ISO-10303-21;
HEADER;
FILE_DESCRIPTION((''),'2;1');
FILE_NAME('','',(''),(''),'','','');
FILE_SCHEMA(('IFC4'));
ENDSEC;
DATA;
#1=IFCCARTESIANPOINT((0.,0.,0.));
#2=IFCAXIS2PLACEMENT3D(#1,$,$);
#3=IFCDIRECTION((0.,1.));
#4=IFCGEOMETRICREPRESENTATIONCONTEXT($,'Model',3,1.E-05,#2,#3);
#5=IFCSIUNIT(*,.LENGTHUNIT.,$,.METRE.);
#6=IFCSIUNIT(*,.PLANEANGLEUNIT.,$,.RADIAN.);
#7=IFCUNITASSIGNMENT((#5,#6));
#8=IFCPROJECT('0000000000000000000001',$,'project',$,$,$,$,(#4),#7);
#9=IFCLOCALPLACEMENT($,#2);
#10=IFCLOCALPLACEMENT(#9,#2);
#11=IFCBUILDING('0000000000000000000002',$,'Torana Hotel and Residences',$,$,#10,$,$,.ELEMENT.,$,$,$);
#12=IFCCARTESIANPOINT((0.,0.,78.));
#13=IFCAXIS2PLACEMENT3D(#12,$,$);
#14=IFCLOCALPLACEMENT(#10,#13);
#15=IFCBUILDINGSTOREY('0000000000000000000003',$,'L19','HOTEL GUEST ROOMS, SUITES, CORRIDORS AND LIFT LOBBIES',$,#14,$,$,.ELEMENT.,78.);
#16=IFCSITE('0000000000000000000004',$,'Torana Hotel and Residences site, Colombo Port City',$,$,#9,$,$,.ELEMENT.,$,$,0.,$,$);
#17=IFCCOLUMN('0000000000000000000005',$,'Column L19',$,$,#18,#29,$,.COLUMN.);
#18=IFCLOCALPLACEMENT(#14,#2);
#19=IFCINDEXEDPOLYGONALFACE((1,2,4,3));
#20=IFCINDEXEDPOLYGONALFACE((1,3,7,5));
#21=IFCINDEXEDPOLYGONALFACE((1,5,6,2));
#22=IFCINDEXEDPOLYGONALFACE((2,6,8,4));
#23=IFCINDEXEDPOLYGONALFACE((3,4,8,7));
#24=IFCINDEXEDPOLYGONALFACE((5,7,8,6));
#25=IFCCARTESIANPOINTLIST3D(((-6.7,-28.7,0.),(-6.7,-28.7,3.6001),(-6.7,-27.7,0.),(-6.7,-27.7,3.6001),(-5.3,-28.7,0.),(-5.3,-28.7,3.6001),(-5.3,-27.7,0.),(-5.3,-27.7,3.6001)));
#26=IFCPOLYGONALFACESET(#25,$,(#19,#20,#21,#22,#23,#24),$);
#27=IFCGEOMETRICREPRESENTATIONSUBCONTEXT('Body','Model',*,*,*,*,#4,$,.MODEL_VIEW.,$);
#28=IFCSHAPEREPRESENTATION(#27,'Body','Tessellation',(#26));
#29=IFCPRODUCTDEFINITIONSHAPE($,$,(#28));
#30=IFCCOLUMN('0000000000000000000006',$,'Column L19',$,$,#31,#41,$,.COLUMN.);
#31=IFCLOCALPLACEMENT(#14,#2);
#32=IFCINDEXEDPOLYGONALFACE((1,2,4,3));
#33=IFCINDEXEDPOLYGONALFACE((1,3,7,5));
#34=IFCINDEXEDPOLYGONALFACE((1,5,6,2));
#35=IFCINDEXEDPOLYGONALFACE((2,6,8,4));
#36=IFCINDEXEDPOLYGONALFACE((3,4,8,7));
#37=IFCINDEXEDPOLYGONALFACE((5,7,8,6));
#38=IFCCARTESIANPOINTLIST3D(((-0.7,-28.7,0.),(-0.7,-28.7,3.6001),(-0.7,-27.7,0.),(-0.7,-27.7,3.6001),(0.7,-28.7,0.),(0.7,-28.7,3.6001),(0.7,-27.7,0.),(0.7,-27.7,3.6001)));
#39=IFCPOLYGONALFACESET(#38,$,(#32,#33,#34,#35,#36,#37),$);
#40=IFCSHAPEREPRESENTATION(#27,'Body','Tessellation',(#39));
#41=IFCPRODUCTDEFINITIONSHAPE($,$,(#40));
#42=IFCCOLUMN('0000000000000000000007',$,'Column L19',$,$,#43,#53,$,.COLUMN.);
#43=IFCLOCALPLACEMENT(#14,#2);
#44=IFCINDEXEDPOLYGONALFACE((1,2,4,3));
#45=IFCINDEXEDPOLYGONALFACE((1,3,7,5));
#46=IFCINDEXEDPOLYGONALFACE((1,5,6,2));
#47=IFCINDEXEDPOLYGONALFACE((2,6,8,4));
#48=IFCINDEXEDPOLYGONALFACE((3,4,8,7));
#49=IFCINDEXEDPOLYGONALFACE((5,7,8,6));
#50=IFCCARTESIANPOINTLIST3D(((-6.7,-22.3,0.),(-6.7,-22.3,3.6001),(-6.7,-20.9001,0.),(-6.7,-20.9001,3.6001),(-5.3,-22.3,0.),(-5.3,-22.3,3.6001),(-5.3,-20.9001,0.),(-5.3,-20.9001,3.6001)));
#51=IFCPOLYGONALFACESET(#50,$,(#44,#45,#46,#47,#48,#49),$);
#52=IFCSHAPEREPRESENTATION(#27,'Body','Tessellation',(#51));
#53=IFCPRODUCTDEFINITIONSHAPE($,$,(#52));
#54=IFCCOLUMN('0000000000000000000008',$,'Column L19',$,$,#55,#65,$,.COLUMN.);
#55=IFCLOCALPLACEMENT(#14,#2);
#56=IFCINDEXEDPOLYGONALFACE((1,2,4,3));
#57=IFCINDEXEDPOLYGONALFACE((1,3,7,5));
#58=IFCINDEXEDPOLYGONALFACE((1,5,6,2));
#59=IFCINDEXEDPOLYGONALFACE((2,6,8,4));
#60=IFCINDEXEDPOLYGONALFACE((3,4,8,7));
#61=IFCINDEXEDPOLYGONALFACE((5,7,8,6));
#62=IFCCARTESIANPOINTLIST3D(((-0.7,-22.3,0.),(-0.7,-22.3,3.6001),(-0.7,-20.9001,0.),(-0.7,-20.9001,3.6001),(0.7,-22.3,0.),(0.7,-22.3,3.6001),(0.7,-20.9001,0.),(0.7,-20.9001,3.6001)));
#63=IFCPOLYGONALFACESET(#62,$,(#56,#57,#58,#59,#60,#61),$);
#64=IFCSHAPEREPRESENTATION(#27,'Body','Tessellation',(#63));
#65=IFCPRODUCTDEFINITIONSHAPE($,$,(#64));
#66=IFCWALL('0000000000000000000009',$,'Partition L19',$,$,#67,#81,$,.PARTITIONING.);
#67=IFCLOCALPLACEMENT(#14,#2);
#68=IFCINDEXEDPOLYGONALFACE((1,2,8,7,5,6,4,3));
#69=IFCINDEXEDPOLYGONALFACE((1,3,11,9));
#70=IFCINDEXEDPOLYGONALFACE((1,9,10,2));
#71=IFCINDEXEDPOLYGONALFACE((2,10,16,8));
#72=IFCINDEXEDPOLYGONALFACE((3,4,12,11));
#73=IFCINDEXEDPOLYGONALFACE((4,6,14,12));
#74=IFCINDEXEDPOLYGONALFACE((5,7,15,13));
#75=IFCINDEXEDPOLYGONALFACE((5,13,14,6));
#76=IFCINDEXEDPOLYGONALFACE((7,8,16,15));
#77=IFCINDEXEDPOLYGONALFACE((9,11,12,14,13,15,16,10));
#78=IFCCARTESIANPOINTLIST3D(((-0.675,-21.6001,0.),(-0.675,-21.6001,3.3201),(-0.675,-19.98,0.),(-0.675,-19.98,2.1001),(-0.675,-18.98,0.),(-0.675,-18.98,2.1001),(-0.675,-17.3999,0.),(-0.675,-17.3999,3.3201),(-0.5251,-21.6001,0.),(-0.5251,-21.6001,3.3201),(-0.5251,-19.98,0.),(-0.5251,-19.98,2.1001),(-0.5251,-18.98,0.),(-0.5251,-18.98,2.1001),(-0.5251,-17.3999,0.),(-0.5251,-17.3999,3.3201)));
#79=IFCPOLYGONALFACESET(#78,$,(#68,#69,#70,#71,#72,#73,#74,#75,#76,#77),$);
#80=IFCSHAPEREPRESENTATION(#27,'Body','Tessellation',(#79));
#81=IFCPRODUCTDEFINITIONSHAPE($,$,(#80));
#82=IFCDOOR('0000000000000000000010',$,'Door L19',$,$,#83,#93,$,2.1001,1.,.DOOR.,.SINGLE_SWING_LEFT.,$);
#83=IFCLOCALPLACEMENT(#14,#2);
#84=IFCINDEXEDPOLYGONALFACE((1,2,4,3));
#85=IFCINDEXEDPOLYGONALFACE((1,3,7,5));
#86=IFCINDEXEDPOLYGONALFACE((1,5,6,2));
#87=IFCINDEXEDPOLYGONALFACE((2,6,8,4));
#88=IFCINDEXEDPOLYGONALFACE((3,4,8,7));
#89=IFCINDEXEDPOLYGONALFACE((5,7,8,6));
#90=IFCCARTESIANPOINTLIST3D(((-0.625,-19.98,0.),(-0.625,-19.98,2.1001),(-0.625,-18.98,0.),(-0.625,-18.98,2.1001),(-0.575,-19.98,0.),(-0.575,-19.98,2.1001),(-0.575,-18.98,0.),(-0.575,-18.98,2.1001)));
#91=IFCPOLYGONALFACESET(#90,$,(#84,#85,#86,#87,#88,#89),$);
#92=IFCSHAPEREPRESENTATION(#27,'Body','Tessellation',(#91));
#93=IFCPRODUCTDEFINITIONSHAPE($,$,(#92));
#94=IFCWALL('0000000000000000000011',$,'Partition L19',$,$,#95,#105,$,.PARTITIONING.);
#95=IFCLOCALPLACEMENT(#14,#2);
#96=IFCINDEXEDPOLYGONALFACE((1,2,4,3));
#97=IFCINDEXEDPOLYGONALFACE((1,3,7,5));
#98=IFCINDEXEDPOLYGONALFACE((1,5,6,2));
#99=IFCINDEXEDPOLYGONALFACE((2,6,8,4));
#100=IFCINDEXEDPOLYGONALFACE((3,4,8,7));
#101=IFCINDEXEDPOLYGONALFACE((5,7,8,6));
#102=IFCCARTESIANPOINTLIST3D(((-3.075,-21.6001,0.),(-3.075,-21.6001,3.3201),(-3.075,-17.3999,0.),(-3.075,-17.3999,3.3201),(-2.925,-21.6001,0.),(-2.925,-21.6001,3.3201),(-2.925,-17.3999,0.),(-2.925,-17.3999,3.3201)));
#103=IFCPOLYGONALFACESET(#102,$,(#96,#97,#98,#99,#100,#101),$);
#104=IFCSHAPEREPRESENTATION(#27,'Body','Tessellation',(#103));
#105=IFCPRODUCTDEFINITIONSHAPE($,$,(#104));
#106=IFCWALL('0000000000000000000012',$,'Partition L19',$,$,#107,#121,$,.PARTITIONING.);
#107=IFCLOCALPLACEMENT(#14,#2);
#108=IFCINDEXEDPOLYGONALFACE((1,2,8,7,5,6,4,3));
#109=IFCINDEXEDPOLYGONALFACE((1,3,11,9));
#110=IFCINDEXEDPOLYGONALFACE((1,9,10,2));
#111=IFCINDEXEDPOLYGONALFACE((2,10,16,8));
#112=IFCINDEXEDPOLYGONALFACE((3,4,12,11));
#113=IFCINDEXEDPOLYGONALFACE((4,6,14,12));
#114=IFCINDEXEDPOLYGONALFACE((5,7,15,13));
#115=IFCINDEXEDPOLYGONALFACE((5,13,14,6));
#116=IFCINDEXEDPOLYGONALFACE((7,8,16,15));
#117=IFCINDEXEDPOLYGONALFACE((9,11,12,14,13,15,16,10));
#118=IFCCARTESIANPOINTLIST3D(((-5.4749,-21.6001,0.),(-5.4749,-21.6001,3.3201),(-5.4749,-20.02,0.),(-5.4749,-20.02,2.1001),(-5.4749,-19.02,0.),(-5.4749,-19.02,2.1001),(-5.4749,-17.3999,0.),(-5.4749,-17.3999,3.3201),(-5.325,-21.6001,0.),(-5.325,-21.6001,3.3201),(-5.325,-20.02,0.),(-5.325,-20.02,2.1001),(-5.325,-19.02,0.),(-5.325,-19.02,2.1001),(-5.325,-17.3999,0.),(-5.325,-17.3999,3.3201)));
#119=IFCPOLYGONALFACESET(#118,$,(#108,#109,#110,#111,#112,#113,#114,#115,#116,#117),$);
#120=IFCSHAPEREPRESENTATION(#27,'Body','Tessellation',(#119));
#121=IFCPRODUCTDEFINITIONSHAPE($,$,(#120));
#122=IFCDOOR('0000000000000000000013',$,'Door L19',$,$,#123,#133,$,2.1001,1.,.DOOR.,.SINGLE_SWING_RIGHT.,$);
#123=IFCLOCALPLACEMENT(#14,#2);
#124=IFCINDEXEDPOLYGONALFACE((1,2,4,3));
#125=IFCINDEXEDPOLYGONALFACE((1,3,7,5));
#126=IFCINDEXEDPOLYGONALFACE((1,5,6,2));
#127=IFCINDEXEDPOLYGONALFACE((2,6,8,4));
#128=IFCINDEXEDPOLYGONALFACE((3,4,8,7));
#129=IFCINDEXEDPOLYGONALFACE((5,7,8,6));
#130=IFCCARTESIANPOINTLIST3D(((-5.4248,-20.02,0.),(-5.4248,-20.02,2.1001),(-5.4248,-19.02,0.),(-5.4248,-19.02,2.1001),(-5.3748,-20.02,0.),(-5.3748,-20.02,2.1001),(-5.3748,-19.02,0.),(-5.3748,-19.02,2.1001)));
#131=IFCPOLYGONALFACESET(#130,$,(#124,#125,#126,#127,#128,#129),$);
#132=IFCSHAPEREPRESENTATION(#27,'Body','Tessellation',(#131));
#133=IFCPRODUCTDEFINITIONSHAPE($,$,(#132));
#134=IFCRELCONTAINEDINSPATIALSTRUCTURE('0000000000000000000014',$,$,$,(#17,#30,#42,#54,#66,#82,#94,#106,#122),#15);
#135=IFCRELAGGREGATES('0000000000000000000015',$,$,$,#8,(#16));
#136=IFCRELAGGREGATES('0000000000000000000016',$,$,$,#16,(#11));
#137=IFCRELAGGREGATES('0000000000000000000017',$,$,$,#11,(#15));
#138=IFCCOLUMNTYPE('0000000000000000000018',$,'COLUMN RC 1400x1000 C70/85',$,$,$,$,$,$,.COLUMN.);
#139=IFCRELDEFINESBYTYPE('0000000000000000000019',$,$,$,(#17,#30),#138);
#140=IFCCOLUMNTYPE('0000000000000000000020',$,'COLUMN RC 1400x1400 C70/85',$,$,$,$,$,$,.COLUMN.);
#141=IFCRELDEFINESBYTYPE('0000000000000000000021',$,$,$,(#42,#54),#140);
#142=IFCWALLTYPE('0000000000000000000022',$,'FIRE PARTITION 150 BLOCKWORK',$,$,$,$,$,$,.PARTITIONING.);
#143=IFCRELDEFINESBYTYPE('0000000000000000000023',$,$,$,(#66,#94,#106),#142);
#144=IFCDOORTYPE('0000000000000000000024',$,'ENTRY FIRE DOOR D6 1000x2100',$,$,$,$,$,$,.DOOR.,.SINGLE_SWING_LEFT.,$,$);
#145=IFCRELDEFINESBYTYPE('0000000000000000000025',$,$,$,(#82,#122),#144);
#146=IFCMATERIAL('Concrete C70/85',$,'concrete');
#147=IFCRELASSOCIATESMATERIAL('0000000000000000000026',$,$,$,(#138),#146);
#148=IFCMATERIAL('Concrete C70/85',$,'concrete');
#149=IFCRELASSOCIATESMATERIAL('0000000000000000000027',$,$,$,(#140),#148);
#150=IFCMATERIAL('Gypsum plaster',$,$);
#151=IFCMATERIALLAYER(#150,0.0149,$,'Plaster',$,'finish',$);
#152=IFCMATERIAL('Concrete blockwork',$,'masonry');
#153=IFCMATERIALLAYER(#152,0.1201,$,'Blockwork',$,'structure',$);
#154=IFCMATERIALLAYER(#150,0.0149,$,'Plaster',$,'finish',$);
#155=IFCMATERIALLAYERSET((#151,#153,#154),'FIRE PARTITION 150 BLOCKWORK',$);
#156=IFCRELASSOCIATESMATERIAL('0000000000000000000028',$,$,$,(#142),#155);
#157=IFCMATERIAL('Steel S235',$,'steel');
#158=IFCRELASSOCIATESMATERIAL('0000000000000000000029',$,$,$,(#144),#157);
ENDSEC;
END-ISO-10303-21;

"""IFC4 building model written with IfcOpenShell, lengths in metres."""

from ifc_helpers import new_model, si_unit, direction, frame, frame_2d, origin, origin_2d, place, context, subcontext, project, spatial, rectangle, extrude, material, layer, layer_set, material_profile, profile_set, type_object, element, fill, save


model = new_model("IFC4")

# Units and contexts
model_context = context("Model", 3, precision=1e-05, world=origin(), true_north=direction((0.0, 1.0)))
body_context = subcontext(model_context, "Body", "Model", "MODEL_VIEW")
ifc_project = project(units=[si_unit("LENGTHUNIT", "METRE"), si_unit("PLANEANGLEUNIT", "RADIAN")], contexts=[model_context])

# Site, building, storey
site_placement = place(None, origin())
site = spatial("IfcSite", under=ifc_project, at=site_placement, Name="Torana Hotel and Residences site, Colombo Port City", CompositionType="ELEMENT", RefElevation=0.0)
building_placement = place(site_placement, origin())
building = spatial("IfcBuilding", under=site, at=building_placement, Name="Torana Hotel and Residences", CompositionType="ELEMENT")
storey_placement = place(building_placement, frame((0.0, 0.0, 78.0)))
storey = spatial("IfcBuildingStorey", under=building, at=storey_placement, Name="L19", Description="HOTEL GUEST ROOMS, SUITES, CORRIDORS AND LIFT LOBBIES", CompositionType="ELEMENT", Elevation=78.0)

# Columns
ifc_material_1 = material(Name="Concrete C70/85", Category="concrete")
ifc_material_profile_1 = material_profile(ifc_material_1, rectangle(XDim=1.3999, YDim=1.0, at=origin_2d()), Name="RC 1400x1000")
ifc_profile_set_1 = profile_set([ifc_material_profile_1], Name="Concrete C70/85")
column_type_1 = type_object("IfcColumnType", Name="COLUMN RC 1400x1000 C70/85", PredefinedType="COLUMN", material=ifc_profile_set_1)
for number, where, z_axis, x_axis, name in (
    (1, (-6.0, -28.2, 0.0), (0.0, 0.0, 1.0), (1.0, 0.0, 0.0), "Column L19"),
    (2, (0.0, -28.2, 0.0), (0.0, 0.0, 1.0), (1.0, 0.0, 0.0), "Column L19"),
):
    element("IfcColumn", number, at=place(storey_placement, frame(where, z_axis=z_axis, x_axis=x_axis)), inside=storey, type_object=column_type_1, Name=name, PredefinedType="COLUMN", context=body_context, shape_type="SweptSolid", body=[
        extrude(rectangle(XDim=1.3999, YDim=1.0, at=origin_2d()), origin(), (0.0, 0.0, 1.0), 3.6001),
    ])
ifc_material_2 = material(Name="Concrete C70/85", Category="concrete")
ifc_material_profile_2 = material_profile(ifc_material_2, rectangle(XDim=1.3999, YDim=1.3999, at=origin_2d()), Name="RC 1400x1400")
ifc_profile_set_2 = profile_set([ifc_material_profile_2], Name="Concrete C70/85")
column_type_2 = type_object("IfcColumnType", Name="COLUMN RC 1400x1400 C70/85", PredefinedType="COLUMN", material=ifc_profile_set_2)
for number, where, z_axis, x_axis, name in (
    (3, (-6.0, -21.6001, 0.0), (0.0, 0.0, 1.0), (1.0, 0.0, 0.0), "Column L19"),
    (4, (0.0, -21.6001, 0.0), (0.0, 0.0, 1.0), (1.0, 0.0, 0.0), "Column L19"),
):
    element("IfcColumn", number, at=place(storey_placement, frame(where, z_axis=z_axis, x_axis=x_axis)), inside=storey, type_object=column_type_2, Name=name, PredefinedType="COLUMN", context=body_context, shape_type="SweptSolid", body=[
        extrude(rectangle(XDim=1.3999, YDim=1.3999, at=origin_2d()), origin(), (0.0, 0.0, 1.0), 3.6001),
    ])

# Wall, opening, door
ifc_material_3 = material(Name="Gypsum plaster")
ifc_layer_1 = layer(ifc_material_3, 0.0149, Name="Plaster", Category="finish")
ifc_material_4 = material(Name="Concrete blockwork", Category="masonry")
ifc_layer_2 = layer(ifc_material_4, 0.1201, Name="Blockwork", Category="structure")
ifc_layer_3 = layer(ifc_material_3, 0.0149, Name="Plaster", Category="finish")
ifc_layer_set_1 = layer_set([ifc_layer_1, ifc_layer_2, ifc_layer_3], Name="FIRE PARTITION 150 BLOCKWORK")
wall_type_1 = type_object("IfcWallType", Name="FIRE PARTITION 150 BLOCKWORK", PredefinedType="PARTITIONING", material=ifc_layer_set_1)
wall_1_placement = place(storey_placement, frame((-0.6001, -21.6001, 0.0), z_axis=(0.0, 0.0, 1.0), x_axis=(0.0, 1.0, 0.0)))
wall_1 = element("IfcWall", 5, at=wall_1_placement, inside=storey, type_object=wall_type_1, Name="Partition L19", PredefinedType="PARTITIONING", context=body_context, shape_type="SweptSolid", body=[
    extrude(rectangle(XDim=4.2002, YDim=0.1499, at=frame_2d((2.1001, 0.0))), origin(), (0.0, 0.0, 1.0), 3.3201),
])
opening_1_placement = place(wall_1_placement, frame((1.6201, 0.0, 0.0)))
opening_1 = element("IfcOpeningElement", 6, at=opening_1_placement, cuts=wall_1, PredefinedType="OPENING", context=body_context, shape_type="SweptSolid", body=[
    extrude(rectangle(XDim=1.0, YDim=2.1001, at=frame_2d((0.5, 1.05))), frame((0.0, 0.085, 0.0), z_axis=(0.0, -1.0, 0.0), x_axis=(1.0, 0.0, 0.0)), (0.0, 0.0, 1.0), 0.1699),
])
ifc_material_5 = material(Name="Steel S235", Category="steel")
door_type_1 = type_object("IfcDoorType", Name="ENTRY FIRE DOOR D6 1000x2100", OperationType="SINGLE_SWING_LEFT", PredefinedType="DOOR", material=ifc_material_5)
door_1_placement = place(opening_1_placement, frame((0.5, 0.0, 0.0), z_axis=(0.0, 0.0, 1.0), x_axis=(-1.0, 0.0, 0.0)))
door_1 = element("IfcDoor", 7, at=door_1_placement, inside=storey, type_object=door_type_1, Name="Door L19", OperationType="SINGLE_SWING_LEFT", OverallHeight=2.1001, OverallWidth=1.0, PredefinedType="DOOR", context=body_context, shape_type="SweptSolid", body=[
    extrude(rectangle(XDim=1.0, YDim=2.1001, at=frame_2d((0.0, 1.05))), frame((0.0, -0.0249, 0.0), z_axis=(0.0, 1.0, 0.0), x_axis=(-1.0, 0.0, 0.0)), (0.0, 0.0, 1.0), 0.05),
])
fill(opening_1, door_1)

# Wall
wall_2_placement = place(storey_placement, frame((-3.0, -21.6001, 0.0), z_axis=(0.0, 0.0, 1.0), x_axis=(0.0, 1.0, 0.0)))
element("IfcWall", 8, at=wall_2_placement, inside=storey, type_object=wall_type_1, Name="Partition L19", PredefinedType="PARTITIONING", context=body_context, shape_type="SweptSolid", body=[
    extrude(rectangle(XDim=4.2002, YDim=0.1499, at=frame_2d((2.1001, 0.0))), origin(), (0.0, 0.0, 1.0), 3.3201),
])

# Wall, opening, door
wall_3_placement = place(storey_placement, frame((-5.3999, -21.6001, 0.0), z_axis=(0.0, 0.0, 1.0), x_axis=(0.0, 1.0, 0.0)))
wall_3 = element("IfcWall", 9, at=wall_3_placement, inside=storey, type_object=wall_type_1, Name="Partition L19", PredefinedType="PARTITIONING", context=body_context, shape_type="SweptSolid", body=[
    extrude(rectangle(XDim=4.2002, YDim=0.1499, at=frame_2d((2.1001, 0.0))), origin(), (0.0, 0.0, 1.0), 3.3201),
])
opening_2_placement = place(wall_3_placement, frame((1.5801, 0.0, 0.0)))
opening_2 = element("IfcOpeningElement", 10, at=opening_2_placement, cuts=wall_3, PredefinedType="OPENING", context=body_context, shape_type="SweptSolid", body=[
    extrude(rectangle(XDim=1.0, YDim=2.1001, at=frame_2d((0.5, 1.05))), frame((0.0, 0.085, 0.0), z_axis=(0.0, -1.0, 0.0), x_axis=(1.0, 0.0, 0.0)), (0.0, 0.0, 1.0), 0.1699),
])
door_2_placement = place(opening_2_placement, origin())
door_2 = element("IfcDoor", 11, at=door_2_placement, inside=storey, type_object=door_type_1, Name="Door L19", OperationType="SINGLE_SWING_RIGHT", OverallHeight=2.1001, OverallWidth=1.0, PredefinedType="DOOR", context=body_context, shape_type="SweptSolid", body=[
    extrude(rectangle(XDim=1.0, YDim=2.1001, at=frame_2d((0.5, 1.05))), frame((0.0, 0.0249, 0.0), z_axis=(0.0, -1.0, 0.0), x_axis=(1.0, 0.0, 0.0)), (0.0, 0.0, 1.0), 0.05),
])
fill(opening_2, door_2)

save(model, "model.ifc")
